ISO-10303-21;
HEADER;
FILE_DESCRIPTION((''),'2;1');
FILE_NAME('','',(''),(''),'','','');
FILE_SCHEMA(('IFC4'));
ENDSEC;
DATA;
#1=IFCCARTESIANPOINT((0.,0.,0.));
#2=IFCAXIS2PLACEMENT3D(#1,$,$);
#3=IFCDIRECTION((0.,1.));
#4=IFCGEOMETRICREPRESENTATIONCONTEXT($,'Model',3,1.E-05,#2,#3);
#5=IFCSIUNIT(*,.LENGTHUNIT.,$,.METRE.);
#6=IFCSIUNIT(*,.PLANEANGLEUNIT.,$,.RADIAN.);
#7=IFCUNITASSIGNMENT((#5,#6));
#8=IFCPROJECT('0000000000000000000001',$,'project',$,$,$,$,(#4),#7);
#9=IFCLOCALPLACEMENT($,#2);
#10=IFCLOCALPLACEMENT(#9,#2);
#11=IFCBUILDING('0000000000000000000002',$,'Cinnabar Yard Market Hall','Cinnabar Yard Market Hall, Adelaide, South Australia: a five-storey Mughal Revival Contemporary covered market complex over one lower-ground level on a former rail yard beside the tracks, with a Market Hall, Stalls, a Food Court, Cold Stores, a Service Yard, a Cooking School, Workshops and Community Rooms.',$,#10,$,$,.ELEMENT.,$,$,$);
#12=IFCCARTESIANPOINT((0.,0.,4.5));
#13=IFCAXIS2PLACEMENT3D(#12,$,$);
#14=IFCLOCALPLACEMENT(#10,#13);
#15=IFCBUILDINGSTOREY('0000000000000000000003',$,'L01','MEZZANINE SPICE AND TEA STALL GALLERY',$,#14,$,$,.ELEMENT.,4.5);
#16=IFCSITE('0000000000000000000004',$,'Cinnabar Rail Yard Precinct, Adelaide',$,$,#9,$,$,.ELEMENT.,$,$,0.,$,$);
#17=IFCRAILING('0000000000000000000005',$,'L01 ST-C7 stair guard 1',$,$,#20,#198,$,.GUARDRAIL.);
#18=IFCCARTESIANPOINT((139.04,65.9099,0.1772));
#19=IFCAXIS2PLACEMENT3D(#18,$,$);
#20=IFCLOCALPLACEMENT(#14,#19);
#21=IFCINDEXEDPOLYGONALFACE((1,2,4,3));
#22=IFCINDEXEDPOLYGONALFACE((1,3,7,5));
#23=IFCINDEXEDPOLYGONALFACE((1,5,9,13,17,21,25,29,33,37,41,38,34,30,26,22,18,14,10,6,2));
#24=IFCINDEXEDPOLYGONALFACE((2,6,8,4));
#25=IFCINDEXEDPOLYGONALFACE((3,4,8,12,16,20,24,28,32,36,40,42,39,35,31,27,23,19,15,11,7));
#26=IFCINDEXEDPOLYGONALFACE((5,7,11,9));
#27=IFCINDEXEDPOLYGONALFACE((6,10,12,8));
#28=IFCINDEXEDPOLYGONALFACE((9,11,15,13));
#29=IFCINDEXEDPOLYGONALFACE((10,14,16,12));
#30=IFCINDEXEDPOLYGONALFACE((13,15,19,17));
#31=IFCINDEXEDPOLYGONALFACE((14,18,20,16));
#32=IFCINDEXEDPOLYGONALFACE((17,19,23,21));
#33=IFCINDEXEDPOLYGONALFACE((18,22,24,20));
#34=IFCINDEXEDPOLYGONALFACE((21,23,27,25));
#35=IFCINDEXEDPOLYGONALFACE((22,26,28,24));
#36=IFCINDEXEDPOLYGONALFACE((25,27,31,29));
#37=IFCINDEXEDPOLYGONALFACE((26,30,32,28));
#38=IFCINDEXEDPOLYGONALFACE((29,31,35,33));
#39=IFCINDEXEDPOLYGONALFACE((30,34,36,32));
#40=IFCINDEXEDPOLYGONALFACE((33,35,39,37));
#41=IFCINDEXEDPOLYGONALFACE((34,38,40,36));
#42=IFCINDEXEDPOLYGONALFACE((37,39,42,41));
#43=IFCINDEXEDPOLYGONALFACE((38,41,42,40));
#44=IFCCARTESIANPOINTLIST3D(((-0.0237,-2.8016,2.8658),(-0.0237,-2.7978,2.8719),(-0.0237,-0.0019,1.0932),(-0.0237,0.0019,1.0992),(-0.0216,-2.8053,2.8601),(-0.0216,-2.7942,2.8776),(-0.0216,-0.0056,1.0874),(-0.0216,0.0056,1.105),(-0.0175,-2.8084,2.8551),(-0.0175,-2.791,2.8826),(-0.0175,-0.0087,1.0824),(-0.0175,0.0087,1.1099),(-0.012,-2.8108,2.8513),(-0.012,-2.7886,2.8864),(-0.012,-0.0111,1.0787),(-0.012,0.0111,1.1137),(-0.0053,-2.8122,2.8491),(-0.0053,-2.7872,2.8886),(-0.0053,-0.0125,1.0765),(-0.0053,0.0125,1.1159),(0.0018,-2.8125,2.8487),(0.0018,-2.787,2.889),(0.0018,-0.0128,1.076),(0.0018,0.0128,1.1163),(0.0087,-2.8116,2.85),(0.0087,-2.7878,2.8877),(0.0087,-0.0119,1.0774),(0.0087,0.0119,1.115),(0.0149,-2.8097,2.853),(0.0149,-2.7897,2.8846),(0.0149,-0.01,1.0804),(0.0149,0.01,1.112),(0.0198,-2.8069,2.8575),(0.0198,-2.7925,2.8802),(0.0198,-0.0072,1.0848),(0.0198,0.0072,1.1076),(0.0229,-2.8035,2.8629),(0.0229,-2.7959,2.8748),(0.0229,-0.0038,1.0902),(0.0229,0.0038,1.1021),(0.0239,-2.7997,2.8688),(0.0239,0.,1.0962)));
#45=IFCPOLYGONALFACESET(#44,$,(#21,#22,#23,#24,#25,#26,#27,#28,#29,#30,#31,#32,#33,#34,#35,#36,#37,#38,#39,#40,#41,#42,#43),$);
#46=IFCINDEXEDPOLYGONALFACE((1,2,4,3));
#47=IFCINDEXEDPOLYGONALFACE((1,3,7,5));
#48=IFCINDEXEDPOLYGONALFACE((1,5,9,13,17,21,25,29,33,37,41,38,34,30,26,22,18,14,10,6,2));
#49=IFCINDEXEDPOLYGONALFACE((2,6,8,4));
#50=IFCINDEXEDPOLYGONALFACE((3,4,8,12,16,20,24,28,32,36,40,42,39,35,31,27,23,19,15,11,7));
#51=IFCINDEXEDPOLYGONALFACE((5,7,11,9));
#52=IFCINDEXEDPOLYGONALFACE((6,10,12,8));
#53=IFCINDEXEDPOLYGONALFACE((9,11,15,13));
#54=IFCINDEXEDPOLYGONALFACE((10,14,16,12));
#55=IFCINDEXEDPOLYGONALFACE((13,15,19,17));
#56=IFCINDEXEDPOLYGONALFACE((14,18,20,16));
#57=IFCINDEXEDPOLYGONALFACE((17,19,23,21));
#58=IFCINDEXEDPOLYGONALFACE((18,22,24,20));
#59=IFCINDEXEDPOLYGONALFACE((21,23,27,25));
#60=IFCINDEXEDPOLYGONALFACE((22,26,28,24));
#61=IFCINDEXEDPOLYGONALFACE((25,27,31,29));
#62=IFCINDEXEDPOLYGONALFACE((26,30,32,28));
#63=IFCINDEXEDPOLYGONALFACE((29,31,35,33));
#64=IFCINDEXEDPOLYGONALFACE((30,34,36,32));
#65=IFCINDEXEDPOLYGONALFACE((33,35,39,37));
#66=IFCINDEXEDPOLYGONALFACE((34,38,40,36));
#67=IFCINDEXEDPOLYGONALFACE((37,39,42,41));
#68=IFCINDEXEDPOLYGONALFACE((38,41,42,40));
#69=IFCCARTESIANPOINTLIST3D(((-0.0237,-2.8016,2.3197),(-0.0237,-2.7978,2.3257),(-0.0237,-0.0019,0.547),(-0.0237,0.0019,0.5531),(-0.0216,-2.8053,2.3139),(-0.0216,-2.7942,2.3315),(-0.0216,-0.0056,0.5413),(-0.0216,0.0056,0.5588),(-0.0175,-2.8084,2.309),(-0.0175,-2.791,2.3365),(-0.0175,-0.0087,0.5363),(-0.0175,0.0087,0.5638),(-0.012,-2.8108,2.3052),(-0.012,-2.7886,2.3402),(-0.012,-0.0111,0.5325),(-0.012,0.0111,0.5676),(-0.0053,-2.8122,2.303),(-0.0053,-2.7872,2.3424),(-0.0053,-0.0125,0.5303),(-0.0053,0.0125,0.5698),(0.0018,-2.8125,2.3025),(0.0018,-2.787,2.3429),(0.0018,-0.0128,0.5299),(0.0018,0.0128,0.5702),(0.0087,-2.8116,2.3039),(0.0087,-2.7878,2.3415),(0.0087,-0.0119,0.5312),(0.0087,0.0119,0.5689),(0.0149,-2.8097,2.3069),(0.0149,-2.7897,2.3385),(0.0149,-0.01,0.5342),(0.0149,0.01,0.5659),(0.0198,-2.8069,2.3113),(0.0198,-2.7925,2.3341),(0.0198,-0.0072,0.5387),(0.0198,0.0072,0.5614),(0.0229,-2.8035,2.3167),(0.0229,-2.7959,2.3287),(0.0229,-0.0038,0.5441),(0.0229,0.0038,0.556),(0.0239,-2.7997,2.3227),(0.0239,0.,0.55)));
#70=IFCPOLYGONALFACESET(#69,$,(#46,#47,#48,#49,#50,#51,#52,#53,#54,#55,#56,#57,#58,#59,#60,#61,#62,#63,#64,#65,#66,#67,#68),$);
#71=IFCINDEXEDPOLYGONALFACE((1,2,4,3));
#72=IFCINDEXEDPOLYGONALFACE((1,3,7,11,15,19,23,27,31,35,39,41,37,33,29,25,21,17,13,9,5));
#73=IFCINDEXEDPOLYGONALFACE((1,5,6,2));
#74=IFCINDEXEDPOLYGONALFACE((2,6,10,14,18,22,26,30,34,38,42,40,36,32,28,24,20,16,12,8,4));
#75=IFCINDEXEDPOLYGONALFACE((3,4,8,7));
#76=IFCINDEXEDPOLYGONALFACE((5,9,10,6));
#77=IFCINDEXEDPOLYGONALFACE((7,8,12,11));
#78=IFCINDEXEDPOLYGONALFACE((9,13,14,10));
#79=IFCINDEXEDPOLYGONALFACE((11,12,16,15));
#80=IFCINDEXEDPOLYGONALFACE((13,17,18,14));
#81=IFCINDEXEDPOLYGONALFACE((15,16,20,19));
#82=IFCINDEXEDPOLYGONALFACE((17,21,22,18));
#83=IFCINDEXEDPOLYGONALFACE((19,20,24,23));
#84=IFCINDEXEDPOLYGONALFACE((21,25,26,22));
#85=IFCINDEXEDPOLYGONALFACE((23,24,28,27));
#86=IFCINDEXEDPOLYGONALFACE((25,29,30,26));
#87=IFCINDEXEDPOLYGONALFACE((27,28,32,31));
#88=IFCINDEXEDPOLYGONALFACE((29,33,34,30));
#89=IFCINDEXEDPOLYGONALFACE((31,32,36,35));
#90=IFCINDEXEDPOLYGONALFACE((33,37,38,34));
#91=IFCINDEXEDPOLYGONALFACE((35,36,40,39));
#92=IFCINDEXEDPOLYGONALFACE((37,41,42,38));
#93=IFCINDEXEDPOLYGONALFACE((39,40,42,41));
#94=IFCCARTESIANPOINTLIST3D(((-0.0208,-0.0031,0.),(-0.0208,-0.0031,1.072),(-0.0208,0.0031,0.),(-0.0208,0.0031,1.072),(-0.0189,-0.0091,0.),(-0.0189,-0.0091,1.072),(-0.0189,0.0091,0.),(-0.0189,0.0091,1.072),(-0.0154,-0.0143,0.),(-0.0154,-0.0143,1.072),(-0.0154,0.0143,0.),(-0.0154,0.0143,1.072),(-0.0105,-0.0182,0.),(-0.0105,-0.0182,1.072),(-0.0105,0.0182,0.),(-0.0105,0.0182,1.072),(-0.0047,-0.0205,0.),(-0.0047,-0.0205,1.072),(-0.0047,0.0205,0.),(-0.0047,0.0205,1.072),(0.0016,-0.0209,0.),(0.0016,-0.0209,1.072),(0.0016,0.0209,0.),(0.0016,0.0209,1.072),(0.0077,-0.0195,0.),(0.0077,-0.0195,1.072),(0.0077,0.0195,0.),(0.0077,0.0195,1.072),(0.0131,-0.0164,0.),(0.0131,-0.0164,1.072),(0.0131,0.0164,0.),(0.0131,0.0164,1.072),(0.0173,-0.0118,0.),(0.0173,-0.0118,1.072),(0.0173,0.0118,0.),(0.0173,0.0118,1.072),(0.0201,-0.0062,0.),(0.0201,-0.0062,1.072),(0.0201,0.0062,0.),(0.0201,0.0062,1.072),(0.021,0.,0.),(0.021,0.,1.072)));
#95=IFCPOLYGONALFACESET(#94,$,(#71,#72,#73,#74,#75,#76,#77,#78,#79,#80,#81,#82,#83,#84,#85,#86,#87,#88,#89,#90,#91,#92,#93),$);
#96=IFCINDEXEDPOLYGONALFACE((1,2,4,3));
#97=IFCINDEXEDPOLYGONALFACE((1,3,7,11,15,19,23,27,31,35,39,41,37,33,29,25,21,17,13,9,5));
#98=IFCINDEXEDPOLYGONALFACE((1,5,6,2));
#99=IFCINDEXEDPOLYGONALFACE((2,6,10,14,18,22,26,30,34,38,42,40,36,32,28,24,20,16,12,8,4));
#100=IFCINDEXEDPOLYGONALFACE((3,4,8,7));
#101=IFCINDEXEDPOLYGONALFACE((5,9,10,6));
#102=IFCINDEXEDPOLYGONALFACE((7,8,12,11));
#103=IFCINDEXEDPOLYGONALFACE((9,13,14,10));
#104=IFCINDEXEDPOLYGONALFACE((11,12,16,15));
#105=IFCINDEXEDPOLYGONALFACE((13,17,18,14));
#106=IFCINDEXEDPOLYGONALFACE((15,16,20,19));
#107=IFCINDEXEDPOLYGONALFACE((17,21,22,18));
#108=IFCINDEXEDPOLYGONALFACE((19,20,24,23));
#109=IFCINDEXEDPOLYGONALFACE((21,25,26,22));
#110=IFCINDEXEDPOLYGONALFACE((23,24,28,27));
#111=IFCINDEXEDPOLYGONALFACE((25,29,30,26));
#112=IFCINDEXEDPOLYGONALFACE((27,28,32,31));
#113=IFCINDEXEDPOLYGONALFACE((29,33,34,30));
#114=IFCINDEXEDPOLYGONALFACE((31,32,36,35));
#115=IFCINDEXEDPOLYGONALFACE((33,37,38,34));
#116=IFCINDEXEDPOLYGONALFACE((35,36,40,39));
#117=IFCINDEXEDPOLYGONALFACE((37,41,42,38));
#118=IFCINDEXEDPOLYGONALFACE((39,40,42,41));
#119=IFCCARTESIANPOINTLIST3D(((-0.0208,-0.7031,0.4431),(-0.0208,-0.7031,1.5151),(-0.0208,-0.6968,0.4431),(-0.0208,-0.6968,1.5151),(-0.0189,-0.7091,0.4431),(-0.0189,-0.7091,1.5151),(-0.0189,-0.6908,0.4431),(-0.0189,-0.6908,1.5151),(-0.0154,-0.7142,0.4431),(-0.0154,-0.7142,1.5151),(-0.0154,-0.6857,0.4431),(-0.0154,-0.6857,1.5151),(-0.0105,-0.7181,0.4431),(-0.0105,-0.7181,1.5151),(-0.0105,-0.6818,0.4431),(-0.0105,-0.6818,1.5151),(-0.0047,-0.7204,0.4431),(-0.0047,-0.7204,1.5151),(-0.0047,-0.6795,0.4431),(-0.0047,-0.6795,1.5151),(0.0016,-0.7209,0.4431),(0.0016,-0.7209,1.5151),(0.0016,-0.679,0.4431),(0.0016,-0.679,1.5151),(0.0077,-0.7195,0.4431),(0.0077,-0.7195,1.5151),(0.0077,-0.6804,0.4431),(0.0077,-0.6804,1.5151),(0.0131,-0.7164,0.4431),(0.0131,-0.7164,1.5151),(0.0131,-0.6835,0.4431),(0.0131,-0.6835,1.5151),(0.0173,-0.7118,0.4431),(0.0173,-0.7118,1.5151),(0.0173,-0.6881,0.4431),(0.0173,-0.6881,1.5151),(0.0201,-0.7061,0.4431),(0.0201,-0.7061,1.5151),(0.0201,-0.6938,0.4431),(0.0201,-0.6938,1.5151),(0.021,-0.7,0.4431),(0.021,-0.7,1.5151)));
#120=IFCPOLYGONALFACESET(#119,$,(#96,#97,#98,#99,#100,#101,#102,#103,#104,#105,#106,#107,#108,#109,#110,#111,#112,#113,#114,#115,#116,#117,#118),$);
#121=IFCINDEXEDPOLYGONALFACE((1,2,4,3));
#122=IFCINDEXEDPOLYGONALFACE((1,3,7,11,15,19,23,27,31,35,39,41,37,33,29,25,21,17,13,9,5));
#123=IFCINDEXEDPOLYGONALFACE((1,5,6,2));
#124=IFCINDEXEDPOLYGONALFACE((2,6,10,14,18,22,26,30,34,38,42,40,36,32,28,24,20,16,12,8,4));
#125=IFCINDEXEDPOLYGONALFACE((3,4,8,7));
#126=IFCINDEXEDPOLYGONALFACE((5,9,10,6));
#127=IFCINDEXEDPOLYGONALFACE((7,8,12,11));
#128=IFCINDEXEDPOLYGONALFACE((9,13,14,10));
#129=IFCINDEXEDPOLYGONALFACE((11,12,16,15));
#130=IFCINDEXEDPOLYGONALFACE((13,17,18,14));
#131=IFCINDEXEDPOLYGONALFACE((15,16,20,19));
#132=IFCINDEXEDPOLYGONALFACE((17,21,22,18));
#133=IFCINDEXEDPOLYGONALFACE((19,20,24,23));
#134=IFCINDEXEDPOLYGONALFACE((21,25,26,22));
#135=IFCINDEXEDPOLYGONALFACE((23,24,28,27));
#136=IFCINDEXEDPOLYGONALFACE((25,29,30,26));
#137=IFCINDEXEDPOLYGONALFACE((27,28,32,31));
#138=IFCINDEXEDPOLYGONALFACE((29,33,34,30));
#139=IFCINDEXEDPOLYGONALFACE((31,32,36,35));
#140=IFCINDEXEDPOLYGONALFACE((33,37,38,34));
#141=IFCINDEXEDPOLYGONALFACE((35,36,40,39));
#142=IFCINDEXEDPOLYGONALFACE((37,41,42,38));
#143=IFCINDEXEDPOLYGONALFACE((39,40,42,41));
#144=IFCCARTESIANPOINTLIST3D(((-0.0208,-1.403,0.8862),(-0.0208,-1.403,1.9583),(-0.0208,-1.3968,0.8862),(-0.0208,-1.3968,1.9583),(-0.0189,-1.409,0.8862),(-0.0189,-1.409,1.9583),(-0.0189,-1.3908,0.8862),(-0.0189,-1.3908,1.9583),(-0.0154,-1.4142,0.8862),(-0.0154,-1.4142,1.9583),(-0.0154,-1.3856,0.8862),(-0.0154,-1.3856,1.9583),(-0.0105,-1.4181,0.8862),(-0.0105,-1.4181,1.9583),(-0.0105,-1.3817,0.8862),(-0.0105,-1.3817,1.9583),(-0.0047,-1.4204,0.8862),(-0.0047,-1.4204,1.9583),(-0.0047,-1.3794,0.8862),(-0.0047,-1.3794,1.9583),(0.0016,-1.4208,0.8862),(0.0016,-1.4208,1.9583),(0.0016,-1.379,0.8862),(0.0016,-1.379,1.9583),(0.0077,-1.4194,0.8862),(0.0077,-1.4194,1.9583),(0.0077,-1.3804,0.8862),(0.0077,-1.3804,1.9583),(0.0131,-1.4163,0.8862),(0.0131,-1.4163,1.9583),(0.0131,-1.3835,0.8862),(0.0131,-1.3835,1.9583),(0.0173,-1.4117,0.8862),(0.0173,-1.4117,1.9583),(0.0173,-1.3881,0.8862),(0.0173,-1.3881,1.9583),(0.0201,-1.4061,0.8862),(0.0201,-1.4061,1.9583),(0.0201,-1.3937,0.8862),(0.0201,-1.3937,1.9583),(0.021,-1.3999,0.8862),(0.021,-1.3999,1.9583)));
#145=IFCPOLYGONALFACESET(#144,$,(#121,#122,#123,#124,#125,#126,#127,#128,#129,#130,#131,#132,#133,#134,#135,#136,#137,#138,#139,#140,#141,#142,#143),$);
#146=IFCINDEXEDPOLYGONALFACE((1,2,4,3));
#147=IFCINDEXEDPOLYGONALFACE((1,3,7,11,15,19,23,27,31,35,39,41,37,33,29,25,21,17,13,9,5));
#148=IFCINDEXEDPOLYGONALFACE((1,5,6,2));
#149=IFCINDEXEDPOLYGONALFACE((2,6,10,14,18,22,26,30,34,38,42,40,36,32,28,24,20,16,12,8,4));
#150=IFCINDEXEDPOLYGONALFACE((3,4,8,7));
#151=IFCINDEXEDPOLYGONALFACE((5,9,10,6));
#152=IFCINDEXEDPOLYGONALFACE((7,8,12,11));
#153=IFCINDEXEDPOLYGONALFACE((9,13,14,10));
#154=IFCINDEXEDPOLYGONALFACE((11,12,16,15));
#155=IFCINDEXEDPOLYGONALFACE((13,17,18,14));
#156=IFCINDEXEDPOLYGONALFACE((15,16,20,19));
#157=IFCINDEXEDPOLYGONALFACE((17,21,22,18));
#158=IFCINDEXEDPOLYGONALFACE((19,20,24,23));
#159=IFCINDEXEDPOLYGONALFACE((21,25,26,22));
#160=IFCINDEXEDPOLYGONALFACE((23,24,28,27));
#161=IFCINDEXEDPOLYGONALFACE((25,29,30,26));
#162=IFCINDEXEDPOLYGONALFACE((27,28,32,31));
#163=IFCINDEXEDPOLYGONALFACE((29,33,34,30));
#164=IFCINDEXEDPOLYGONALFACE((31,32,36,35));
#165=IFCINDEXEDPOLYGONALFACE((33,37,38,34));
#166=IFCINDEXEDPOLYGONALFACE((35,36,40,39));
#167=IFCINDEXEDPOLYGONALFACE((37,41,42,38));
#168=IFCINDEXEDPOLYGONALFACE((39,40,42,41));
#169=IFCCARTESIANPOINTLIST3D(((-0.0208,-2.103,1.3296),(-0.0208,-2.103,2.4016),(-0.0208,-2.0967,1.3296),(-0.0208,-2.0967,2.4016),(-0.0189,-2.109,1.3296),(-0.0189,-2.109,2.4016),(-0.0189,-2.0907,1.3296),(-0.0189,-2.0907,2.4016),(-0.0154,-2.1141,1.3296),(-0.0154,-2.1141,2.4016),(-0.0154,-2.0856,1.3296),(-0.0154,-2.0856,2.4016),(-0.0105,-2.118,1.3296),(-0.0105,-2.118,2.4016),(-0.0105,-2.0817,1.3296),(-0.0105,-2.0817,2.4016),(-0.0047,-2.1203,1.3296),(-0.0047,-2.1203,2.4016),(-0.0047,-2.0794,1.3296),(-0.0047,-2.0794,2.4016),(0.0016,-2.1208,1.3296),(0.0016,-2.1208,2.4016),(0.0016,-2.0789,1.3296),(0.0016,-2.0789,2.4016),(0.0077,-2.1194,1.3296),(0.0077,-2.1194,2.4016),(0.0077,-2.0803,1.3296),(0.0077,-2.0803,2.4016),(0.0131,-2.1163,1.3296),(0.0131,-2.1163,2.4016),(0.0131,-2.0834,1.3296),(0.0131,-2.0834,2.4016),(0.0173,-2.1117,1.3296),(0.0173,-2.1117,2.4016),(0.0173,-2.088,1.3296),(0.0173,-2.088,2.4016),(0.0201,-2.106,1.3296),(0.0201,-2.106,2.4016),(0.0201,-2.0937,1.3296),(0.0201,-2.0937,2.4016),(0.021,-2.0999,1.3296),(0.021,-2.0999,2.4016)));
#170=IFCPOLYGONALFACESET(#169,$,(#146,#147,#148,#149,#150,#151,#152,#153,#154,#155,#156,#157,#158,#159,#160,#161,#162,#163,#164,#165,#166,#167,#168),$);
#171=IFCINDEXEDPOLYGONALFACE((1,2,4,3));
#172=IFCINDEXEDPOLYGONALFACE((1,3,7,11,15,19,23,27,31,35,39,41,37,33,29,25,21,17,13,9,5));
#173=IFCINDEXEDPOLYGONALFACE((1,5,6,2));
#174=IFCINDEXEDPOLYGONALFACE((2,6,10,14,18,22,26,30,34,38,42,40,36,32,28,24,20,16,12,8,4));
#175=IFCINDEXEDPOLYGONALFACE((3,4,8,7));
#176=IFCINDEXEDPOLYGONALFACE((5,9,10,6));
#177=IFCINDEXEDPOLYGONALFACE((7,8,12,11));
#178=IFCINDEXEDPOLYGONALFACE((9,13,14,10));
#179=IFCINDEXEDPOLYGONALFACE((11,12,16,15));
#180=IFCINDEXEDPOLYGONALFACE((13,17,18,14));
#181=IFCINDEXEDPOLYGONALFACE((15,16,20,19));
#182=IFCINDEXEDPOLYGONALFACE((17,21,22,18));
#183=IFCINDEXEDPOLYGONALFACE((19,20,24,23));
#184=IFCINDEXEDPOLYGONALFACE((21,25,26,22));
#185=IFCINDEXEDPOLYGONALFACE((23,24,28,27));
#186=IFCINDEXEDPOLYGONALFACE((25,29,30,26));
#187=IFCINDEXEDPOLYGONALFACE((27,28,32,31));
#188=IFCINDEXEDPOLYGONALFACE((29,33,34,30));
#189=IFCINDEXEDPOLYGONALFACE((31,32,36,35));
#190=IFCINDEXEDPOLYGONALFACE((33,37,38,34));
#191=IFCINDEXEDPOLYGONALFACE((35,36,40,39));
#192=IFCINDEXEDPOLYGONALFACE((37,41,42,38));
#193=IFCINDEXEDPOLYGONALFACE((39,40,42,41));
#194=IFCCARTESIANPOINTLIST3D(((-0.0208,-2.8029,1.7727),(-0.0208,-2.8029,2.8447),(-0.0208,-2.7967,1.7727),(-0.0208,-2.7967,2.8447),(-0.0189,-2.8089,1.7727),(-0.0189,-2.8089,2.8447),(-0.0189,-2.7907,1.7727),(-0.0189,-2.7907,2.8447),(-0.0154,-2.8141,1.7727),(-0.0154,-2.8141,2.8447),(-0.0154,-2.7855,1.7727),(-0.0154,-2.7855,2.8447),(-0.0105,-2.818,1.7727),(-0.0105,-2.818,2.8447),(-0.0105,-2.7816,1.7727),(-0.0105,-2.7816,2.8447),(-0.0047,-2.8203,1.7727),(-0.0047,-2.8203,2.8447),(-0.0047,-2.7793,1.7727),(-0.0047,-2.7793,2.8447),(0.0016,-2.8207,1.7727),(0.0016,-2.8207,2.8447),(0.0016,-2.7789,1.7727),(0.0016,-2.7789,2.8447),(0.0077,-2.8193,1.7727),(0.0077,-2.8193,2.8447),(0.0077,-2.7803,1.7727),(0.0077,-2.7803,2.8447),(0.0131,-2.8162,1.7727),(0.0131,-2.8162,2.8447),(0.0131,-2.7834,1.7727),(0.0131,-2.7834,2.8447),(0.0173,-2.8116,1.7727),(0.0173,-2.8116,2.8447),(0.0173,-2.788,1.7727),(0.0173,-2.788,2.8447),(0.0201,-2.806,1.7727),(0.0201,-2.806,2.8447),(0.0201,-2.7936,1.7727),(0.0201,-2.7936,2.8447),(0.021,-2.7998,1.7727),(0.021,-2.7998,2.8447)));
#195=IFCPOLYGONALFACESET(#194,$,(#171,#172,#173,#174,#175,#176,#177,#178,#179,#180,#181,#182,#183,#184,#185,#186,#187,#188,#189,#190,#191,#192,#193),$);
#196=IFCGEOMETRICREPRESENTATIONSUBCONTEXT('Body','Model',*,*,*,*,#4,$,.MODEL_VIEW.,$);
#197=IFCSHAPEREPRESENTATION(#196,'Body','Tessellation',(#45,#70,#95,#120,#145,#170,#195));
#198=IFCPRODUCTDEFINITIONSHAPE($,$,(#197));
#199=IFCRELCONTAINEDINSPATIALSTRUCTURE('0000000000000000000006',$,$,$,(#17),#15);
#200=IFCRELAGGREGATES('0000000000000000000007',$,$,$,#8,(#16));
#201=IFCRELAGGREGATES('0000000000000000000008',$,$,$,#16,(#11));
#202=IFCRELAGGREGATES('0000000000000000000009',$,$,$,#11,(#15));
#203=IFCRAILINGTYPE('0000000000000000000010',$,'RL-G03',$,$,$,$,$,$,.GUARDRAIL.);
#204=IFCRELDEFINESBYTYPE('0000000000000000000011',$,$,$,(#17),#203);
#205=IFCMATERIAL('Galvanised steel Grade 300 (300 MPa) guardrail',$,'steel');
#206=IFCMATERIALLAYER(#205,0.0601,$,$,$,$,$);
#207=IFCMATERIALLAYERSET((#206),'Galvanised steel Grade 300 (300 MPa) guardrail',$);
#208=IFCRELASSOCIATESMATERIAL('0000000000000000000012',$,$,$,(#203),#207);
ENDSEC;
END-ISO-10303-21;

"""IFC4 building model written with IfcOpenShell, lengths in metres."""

from ifc_helpers import new_model, si_unit, direction, frame, origin, origin_2d_with_axis, place, context, subcontext, project, spatial, circle, extrude, material, layer, layer_set, type_object, element, save


model = new_model("IFC4")

# Units and contexts
model_context = context("Model", 3, precision=1e-05, world=origin(), true_north=direction((0.0, 1.0)))
body_context = subcontext(model_context, "Body", "Model", "MODEL_VIEW")
ifc_project = project(units=[si_unit("LENGTHUNIT", "METRE"), si_unit("PLANEANGLEUNIT", "RADIAN")], contexts=[model_context])

# Site, building, storey
site_placement = place(None, origin())
site = spatial("IfcSite", under=ifc_project, at=site_placement, Name="Cinnabar Rail Yard Precinct, Adelaide", CompositionType="ELEMENT", RefElevation=0.0)
building_placement = place(site_placement, origin())
building = spatial("IfcBuilding", under=site, at=building_placement, Name="Cinnabar Yard Market Hall", Description="Cinnabar Yard Market Hall, Adelaide, South Australia: a five-storey Mughal Revival Contemporary covered market complex over one lower-ground level on a former rail yard beside the tracks, with a Market Hall, Stalls, a Food Court, Cold Stores, a Service Yard, a Cooking School, Workshops and Community Rooms.", CompositionType="ELEMENT")
storey_placement = place(building_placement, frame((0.0, 0.0, 4.5)))
storey = spatial("IfcBuildingStorey", under=building, at=storey_placement, Name="L01", Description="MEZZANINE SPICE AND TEA STALL GALLERY", CompositionType="ELEMENT", Elevation=4.5)

# Railing
ifc_material_1 = material(Name="Galvanised steel Grade 300 (300 MPa) guardrail", Category="steel")
ifc_layer_1 = layer(ifc_material_1, 0.0601)
ifc_layer_set_1 = layer_set([ifc_layer_1], Name="Galvanised steel Grade 300 (300 MPa) guardrail")
railing_type_1 = type_object("IfcRailingType", Name="RL-G03", PredefinedType="GUARDRAIL", material=ifc_layer_set_1)
railing_1_placement = place(storey_placement, frame((139.04, 65.9099, 0.1772)))
element("IfcRailing", 1, at=railing_1_placement, inside=storey, type_object=railing_type_1, Name="L01 ST-C7 stair guard 1", PredefinedType="GUARDRAIL", context=body_context, shape_type="SweptSolid", body=[
    extrude(circle(Radius=0.0239, at=origin_2d_with_axis()), frame((0.0, 0.0, 1.0962), z_axis=(0.0, -0.844888, 0.534943), x_axis=(1.0, 0.0, 0.0)), (0.0, 0.0, 1.0), 3.3137),
    extrude(circle(Radius=0.0239, at=origin_2d_with_axis()), frame((0.0, 0.0, 0.55), z_axis=(0.0, -0.844888, 0.534943), x_axis=(1.0, 0.0, 0.0)), (0.0, 0.0, 1.0), 3.3137),
    extrude(circle(Radius=0.021, at=origin_2d_with_axis()), origin(), (0.0, 0.0, 1.0), 1.072),
    extrude(circle(Radius=0.021, at=origin_2d_with_axis()), frame((0.0, -0.7, 0.4431)), (0.0, 0.0, 1.0), 1.072),
    extrude(circle(Radius=0.021, at=origin_2d_with_axis()), frame((0.0, -1.3999, 0.8862)), (0.0, 0.0, 1.0), 1.072),
    extrude(circle(Radius=0.021, at=origin_2d_with_axis()), frame((0.0, -2.0999, 1.3296)), (0.0, 0.0, 1.0), 1.072),
    extrude(circle(Radius=0.021, at=origin_2d_with_axis()), frame((0.0, -2.7998, 1.7727)), (0.0, 0.0, 1.0), 1.072),
])

save(model, "model.ifc")
